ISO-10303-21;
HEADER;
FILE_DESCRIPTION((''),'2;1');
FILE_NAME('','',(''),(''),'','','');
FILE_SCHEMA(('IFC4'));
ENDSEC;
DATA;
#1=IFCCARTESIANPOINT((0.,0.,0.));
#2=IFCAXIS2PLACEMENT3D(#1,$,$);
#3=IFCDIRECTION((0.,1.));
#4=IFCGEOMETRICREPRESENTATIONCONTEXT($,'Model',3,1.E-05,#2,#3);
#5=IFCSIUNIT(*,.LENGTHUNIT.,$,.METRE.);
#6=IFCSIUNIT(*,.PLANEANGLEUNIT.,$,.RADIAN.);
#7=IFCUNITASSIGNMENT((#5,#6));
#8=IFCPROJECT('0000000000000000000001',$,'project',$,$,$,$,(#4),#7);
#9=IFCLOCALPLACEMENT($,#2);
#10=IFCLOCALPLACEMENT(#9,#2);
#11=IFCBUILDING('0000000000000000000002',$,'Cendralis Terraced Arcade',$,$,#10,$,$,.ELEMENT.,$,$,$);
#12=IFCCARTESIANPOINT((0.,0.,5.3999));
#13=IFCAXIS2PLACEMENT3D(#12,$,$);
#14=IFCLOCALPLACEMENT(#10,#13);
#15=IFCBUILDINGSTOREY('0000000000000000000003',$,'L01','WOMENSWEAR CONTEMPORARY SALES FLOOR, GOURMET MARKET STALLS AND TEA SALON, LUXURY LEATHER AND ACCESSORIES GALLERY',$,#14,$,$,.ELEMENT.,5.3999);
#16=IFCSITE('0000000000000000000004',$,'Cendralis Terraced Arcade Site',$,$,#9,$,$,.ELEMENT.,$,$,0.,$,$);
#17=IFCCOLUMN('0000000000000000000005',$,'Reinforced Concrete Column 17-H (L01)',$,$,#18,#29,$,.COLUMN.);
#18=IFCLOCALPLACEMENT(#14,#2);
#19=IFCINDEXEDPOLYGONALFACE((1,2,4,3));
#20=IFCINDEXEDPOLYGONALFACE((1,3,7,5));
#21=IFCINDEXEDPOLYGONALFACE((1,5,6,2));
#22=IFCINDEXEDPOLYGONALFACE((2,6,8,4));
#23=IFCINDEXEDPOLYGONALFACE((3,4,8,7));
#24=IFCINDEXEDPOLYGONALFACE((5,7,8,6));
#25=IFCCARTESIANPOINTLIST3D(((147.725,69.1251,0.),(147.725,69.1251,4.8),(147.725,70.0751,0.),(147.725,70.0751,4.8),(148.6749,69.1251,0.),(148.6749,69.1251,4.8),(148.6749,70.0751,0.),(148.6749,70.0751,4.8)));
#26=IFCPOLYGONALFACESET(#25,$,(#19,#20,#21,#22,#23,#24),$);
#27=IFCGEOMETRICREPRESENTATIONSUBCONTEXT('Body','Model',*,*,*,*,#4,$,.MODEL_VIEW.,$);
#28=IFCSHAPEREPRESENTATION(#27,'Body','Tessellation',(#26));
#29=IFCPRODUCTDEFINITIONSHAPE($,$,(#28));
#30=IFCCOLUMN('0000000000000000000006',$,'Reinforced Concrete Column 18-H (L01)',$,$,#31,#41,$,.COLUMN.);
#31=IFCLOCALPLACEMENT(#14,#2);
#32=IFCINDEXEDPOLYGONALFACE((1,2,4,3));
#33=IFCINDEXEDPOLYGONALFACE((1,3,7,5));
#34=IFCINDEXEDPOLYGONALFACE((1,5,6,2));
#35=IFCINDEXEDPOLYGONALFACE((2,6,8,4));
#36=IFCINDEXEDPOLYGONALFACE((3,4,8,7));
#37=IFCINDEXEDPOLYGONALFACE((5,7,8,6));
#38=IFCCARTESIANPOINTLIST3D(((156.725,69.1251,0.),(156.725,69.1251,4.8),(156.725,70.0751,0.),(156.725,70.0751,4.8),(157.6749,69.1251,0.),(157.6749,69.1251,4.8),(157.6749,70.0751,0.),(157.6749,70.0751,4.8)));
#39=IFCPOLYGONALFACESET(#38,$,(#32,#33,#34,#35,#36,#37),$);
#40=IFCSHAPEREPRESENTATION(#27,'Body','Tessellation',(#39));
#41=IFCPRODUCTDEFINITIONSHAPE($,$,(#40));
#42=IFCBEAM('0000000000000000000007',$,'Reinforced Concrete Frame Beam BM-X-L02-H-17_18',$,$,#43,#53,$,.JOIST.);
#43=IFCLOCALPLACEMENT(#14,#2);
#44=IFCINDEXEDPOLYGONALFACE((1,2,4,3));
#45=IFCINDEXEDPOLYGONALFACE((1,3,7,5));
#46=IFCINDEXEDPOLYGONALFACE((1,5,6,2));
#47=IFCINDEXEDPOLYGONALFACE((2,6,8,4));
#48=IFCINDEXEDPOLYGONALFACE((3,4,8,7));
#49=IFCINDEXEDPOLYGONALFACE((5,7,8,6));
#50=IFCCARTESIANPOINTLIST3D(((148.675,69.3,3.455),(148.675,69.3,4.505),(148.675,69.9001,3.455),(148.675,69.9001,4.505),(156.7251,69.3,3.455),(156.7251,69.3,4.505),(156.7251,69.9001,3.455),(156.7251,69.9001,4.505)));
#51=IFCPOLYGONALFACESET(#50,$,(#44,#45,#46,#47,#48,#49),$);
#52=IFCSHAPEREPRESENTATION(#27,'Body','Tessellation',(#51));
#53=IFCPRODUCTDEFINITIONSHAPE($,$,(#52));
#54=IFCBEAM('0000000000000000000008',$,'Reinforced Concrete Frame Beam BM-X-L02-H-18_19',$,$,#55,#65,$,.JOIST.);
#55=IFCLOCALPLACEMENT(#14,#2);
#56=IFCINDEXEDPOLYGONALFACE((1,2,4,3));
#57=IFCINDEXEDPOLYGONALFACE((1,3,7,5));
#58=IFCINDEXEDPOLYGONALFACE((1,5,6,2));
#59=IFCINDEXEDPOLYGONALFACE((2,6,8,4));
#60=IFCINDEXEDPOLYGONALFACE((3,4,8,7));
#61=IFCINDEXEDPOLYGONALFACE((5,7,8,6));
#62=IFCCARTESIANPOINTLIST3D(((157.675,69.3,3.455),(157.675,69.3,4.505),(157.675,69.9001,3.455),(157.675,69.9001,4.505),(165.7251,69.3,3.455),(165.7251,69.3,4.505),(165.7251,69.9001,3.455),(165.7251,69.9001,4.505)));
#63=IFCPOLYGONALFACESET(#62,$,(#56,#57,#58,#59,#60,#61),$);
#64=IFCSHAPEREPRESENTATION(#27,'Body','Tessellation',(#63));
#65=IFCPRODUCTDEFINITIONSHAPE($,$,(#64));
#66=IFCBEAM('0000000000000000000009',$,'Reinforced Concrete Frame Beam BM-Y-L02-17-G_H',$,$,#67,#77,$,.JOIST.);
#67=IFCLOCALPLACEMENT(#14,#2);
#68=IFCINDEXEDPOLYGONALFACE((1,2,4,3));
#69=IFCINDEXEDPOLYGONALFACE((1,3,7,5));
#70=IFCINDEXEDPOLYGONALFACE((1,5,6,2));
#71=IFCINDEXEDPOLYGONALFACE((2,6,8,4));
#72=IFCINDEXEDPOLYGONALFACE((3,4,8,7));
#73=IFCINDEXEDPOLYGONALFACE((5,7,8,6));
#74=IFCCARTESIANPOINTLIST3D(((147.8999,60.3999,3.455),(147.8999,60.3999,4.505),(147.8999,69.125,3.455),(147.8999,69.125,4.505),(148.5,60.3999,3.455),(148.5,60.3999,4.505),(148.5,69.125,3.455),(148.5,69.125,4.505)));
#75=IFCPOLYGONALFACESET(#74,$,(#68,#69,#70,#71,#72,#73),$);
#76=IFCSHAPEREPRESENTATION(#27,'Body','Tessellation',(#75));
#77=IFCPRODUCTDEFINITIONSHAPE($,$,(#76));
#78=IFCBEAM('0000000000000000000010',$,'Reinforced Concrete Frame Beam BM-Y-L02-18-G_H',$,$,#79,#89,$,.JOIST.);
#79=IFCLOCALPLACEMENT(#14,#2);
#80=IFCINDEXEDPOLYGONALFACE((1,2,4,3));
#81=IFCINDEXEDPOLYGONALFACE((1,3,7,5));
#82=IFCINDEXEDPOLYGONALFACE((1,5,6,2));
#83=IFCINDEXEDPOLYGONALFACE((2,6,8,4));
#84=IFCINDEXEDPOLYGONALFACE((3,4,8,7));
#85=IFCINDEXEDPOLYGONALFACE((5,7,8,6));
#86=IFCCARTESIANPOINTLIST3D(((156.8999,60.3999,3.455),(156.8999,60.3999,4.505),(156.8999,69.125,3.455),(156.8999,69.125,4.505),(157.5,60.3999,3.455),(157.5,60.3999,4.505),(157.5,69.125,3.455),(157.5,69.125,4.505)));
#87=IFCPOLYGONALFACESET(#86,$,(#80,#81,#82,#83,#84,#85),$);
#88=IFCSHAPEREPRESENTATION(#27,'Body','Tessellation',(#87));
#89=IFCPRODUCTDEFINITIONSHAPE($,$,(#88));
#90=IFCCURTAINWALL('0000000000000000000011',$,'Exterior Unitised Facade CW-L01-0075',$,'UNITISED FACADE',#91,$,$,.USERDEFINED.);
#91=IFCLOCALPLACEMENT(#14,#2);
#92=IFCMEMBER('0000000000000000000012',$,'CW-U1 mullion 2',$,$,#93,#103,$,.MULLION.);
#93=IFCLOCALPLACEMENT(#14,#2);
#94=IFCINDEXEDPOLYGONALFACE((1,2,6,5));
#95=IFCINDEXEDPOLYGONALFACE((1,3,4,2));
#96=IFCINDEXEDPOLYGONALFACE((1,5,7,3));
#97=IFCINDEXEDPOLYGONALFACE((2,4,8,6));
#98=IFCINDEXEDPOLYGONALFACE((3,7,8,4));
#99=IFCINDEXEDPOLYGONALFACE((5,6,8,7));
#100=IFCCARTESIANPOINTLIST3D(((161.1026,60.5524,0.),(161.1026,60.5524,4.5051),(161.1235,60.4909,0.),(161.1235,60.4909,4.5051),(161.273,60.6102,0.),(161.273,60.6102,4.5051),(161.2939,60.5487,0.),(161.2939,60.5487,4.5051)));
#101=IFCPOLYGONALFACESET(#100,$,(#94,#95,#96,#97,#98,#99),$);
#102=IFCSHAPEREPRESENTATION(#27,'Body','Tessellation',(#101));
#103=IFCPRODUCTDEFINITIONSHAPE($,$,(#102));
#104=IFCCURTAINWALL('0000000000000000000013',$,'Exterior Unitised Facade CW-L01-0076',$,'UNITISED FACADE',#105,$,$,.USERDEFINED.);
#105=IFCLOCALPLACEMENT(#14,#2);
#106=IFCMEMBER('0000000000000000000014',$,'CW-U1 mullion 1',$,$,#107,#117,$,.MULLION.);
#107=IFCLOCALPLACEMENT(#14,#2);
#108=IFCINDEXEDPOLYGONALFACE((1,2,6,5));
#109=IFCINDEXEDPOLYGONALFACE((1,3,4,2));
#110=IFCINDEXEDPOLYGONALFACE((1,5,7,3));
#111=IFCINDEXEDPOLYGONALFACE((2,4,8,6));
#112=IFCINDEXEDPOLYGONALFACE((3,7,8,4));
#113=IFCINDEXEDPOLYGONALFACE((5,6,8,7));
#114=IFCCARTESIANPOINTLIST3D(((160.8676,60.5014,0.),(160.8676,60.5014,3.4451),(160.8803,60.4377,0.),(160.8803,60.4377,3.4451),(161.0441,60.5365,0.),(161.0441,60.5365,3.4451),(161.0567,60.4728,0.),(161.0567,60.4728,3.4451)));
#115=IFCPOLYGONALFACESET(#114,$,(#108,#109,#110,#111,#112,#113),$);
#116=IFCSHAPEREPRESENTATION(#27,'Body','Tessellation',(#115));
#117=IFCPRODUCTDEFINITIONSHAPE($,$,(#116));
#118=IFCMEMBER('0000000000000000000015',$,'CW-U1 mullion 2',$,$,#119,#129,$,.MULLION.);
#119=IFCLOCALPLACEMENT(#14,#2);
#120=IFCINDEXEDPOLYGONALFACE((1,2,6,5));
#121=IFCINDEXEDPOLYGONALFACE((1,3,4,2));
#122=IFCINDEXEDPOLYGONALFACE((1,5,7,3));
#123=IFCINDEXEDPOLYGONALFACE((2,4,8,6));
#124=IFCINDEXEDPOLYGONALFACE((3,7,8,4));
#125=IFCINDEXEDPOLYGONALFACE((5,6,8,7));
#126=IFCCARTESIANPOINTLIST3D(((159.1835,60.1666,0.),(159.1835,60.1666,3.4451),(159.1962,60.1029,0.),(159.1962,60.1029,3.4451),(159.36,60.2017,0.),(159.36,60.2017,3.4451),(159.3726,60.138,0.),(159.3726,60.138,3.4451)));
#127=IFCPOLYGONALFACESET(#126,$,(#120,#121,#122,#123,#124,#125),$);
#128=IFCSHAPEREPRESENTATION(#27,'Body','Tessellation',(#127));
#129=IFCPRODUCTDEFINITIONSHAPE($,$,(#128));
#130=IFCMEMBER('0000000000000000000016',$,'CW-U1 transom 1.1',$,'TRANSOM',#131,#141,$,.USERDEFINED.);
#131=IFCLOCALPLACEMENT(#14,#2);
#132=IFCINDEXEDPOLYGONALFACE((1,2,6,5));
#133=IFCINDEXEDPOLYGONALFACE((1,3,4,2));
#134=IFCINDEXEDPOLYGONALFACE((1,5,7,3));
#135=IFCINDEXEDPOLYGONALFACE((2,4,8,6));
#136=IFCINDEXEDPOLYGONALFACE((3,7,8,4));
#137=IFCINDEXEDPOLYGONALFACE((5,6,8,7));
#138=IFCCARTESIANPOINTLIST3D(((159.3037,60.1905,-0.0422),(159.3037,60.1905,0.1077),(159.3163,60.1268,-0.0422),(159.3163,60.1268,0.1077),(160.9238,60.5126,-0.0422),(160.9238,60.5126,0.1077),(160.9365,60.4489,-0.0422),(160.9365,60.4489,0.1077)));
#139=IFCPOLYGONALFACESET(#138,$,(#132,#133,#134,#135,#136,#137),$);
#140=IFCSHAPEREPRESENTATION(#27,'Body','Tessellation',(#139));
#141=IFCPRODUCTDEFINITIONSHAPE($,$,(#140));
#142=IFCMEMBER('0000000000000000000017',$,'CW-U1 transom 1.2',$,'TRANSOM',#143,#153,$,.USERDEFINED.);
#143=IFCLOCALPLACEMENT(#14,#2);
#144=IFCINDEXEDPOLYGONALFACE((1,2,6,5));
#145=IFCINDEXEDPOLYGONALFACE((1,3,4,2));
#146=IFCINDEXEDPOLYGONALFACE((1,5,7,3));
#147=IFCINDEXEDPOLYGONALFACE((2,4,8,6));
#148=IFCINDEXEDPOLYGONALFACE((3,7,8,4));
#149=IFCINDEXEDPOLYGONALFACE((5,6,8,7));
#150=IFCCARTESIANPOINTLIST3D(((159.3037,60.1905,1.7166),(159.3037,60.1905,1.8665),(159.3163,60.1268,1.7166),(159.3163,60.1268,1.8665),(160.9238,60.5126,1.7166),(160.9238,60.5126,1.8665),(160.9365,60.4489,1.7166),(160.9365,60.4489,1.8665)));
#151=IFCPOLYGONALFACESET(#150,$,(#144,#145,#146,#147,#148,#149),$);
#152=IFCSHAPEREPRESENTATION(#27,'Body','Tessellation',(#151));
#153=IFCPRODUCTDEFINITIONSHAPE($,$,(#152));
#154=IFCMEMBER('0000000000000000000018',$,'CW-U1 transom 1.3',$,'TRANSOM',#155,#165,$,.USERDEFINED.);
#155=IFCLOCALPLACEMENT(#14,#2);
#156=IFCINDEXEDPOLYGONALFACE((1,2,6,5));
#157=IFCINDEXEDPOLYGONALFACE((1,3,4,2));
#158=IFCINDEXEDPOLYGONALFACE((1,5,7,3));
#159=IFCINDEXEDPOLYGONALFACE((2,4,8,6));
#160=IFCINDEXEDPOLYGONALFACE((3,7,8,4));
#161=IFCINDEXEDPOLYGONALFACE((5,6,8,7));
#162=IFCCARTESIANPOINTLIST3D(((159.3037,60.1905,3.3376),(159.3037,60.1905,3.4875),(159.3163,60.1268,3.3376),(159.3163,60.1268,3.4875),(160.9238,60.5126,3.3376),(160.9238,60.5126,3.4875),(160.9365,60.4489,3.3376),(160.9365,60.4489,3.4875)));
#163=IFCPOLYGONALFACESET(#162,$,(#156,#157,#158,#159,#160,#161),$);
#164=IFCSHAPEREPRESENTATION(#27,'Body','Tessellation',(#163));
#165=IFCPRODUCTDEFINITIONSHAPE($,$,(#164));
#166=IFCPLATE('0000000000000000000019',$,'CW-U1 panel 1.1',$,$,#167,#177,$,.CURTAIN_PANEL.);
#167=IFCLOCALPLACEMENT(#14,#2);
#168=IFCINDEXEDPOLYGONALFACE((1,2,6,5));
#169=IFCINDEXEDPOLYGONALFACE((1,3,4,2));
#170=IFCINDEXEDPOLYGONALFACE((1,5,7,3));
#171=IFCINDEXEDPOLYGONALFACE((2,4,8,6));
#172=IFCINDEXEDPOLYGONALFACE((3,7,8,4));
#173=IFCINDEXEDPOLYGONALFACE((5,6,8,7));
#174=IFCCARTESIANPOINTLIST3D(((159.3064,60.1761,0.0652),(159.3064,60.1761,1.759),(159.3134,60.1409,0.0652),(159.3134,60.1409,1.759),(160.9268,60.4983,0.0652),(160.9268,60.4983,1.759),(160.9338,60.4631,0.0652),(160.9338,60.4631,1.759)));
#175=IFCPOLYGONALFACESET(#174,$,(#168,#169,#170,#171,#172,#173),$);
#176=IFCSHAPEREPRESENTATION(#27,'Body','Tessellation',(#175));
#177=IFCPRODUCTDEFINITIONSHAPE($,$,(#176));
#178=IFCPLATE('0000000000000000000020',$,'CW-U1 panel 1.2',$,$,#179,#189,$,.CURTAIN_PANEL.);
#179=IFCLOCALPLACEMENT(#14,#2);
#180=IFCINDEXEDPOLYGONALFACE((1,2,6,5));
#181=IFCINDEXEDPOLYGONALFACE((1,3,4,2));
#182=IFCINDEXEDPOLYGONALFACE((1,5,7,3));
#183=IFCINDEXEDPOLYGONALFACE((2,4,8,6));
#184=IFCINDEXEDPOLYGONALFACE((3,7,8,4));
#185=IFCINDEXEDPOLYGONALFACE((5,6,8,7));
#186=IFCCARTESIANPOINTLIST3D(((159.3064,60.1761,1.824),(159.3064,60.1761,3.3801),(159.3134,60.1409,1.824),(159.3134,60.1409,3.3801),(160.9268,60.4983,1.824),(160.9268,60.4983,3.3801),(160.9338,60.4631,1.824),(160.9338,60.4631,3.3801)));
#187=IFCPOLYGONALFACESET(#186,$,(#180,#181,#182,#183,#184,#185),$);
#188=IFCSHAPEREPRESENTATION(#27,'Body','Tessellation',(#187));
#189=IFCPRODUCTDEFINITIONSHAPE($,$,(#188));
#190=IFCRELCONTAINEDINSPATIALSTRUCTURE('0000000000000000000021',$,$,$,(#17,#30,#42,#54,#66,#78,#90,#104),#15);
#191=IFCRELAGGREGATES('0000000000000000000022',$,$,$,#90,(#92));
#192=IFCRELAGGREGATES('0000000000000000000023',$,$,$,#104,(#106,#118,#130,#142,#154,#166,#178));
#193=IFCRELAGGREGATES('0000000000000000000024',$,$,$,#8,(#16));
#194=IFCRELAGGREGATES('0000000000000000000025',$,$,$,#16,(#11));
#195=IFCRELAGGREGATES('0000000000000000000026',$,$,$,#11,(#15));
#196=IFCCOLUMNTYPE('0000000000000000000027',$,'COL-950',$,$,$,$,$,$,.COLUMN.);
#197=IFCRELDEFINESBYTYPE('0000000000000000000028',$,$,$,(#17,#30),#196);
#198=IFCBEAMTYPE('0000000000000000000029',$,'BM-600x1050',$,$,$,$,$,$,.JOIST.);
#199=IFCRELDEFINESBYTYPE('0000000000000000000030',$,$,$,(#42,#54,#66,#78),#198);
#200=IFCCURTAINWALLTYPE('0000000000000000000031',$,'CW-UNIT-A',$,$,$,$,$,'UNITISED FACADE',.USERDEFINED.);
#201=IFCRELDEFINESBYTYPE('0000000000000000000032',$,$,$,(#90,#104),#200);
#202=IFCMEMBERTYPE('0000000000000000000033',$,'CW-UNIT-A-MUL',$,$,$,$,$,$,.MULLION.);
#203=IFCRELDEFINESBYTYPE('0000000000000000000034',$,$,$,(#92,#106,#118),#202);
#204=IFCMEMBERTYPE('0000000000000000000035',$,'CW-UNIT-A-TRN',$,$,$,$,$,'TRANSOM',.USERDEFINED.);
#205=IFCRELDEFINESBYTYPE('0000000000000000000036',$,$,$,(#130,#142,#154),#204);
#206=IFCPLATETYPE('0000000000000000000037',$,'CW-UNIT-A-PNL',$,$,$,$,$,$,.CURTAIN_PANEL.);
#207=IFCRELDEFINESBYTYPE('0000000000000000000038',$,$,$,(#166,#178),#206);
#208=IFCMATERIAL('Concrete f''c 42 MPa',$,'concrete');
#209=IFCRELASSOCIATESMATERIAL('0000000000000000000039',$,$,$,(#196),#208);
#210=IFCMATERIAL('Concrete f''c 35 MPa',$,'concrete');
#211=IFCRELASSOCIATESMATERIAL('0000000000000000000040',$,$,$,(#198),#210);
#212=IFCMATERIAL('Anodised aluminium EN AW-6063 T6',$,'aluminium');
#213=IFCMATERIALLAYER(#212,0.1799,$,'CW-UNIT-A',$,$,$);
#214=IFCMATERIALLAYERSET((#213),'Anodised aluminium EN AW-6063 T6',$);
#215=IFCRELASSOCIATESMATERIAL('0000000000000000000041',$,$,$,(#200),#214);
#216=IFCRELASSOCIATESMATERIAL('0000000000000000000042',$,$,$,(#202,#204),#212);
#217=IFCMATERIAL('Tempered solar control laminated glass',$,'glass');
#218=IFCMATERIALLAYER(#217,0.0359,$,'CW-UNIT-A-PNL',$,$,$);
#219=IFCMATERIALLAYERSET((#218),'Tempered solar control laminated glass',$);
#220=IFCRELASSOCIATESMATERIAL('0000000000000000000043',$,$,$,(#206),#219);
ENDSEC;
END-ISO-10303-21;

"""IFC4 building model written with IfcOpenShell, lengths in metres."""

from ifc_helpers import new_model, si_unit, direction, frame, origin, origin_2d, place, context, subcontext, project, spatial, rectangle, extrude, material, layer, layer_set, material_profile, profile_set, type_object, element, aggregate, save


model = new_model("IFC4")

# Units and contexts
model_context = context("Model", 3, precision=1e-05, world=origin(), true_north=direction((0.0, 1.0)))
body_context = subcontext(model_context, "Body", "Model", "MODEL_VIEW")
ifc_project = project(units=[si_unit("LENGTHUNIT", "METRE"), si_unit("PLANEANGLEUNIT", "RADIAN")], contexts=[model_context])

# Site, building, storey
site_placement = place(None, origin())
site = spatial("IfcSite", under=ifc_project, at=site_placement, Name="Cendralis Terraced Arcade Site", CompositionType="ELEMENT", RefElevation=0.0)
building_placement = place(site_placement, origin())
building = spatial("IfcBuilding", under=site, at=building_placement, Name="Cendralis Terraced Arcade", CompositionType="ELEMENT")
storey_placement = place(building_placement, frame((0.0, 0.0, 5.3999)))
storey = spatial("IfcBuildingStorey", under=building, at=storey_placement, Name="L01", Description="WOMENSWEAR CONTEMPORARY SALES FLOOR, GOURMET MARKET STALLS AND TEA SALON, LUXURY LEATHER AND ACCESSORIES GALLERY", CompositionType="ELEMENT", Elevation=5.3999)

# Columns
ifc_material_1 = material(Name="Concrete f'c 42 MPa", Category="concrete")
ifc_material_profile_1 = material_profile(ifc_material_1, rectangle(XDim=0.95, YDim=0.95, at=origin_2d()), Name="RC-COL-950x950", Category="LoadBearing")
ifc_profile_set_1 = profile_set([ifc_material_profile_1], Name="Concrete f'c 42 MPa")
column_type = type_object("IfcColumnType", Name="COL-950", PredefinedType="COLUMN", material=ifc_profile_set_1)
for number, where, z_axis, x_axis, name in (
    (1, (148.2, 69.6001, 0.0), (0.0, 0.0, 1.0), (1.0, 0.0, 0.0), "Reinforced Concrete Column 17-H (L01)"),
    (2, (157.2, 69.6001, 0.0), (0.0, 0.0, 1.0), (1.0, 0.0, 0.0), "Reinforced Concrete Column 18-H (L01)"),
):
    element("IfcColumn", number, at=place(storey_placement, frame(where, z_axis=z_axis, x_axis=x_axis)), inside=storey, type_object=column_type, Name=name, PredefinedType="COLUMN", context=body_context, shape_type="SweptSolid", body=[
        extrude(rectangle(XDim=0.95, YDim=0.95, at=origin_2d()), origin(), (0.0, 0.0, 1.0), 4.8),
    ])

# Beams
ifc_material_2 = material(Name="Concrete f'c 35 MPa", Category="concrete")
ifc_material_profile_2 = material_profile(ifc_material_2, rectangle(XDim=0.6001, YDim=1.05, at=origin_2d()), Name="RC-BM-600x1050", Category="LoadBearing")
ifc_profile_set_2 = profile_set([ifc_material_profile_2], Name="Concrete f'c 35 MPa")
beam_type = type_object("IfcBeamType", Name="BM-600x1050", PredefinedType="JOIST", material=ifc_profile_set_2)
for number, where, z_axis, x_axis, name in (
    (3, (148.675, 69.6001, 3.98), (1.0, 0.0, 0.0), (0.0, 1.0, 0.0), "Reinforced Concrete Frame Beam BM-X-L02-H-17_18"),
    (4, (157.675, 69.6001, 3.98), (1.0, 0.0, 0.0), (0.0, 1.0, 0.0), "Reinforced Concrete Frame Beam BM-X-L02-H-18_19"),
):
    element("IfcBeam", number, at=place(storey_placement, frame(where, z_axis=z_axis, x_axis=x_axis)), inside=storey, type_object=beam_type, Name=name, PredefinedType="JOIST", context=body_context, shape_type="SweptSolid", body=[
        extrude(rectangle(XDim=0.6001, YDim=1.05, at=origin_2d()), origin(), (0.0, 0.0, 1.0), 8.05),
    ])
for number, where, z_axis, x_axis, name in (
    (5, (148.2, 60.3999, 3.98), (0.0, 1.0, 0.0), (-1.0, 0.0, 0.0), "Reinforced Concrete Frame Beam BM-Y-L02-17-G_H"),
    (6, (157.2, 60.3999, 3.98), (0.0, 1.0, 0.0), (-1.0, 0.0, 0.0), "Reinforced Concrete Frame Beam BM-Y-L02-18-G_H"),
):
    element("IfcBeam", number, at=place(storey_placement, frame(where, z_axis=z_axis, x_axis=x_axis)), inside=storey, type_object=beam_type, Name=name, PredefinedType="JOIST", context=body_context, shape_type="SweptSolid", body=[
        extrude(rectangle(XDim=0.6001, YDim=1.05, at=origin_2d()), origin(), (0.0, 0.0, 1.0), 8.7251),
    ])

# Curtain wall, member
ifc_material_3 = material(Name="Anodised aluminium EN AW-6063 T6", Category="aluminium")
ifc_layer_1 = layer(ifc_material_3, 0.1799, Name="CW-UNIT-A")
ifc_layer_set_1 = layer_set([ifc_layer_1], Name="Anodised aluminium EN AW-6063 T6")
curtain_wall_type = type_object("IfcCurtainWallType", Name="CW-UNIT-A", ElementType="UNITISED FACADE", PredefinedType="USERDEFINED", material=ifc_layer_set_1)
curtain_wall_1_placement = place(storey_placement, origin())
curtain_wall_1 = element("IfcCurtainWall", 7, at=curtain_wall_1_placement, inside=storey, type_object=curtain_wall_type, Name="Exterior Unitised Facade CW-L01-0075", ObjectType="UNITISED FACADE", PredefinedType="USERDEFINED")
ifc_material_profile_3 = material_profile(ifc_material_3, rectangle(XDim=0.0649, YDim=0.1799, at=origin_2d()), Name="ALU-MUL-65x180")
ifc_profile_set_3 = profile_set([ifc_material_profile_3], Name="Anodised aluminium EN AW-6063 T6")
member_type_1 = type_object("IfcMemberType", Name="CW-UNIT-A-MUL", PredefinedType="MULLION", material=ifc_profile_set_3)
member_1_placement = place(storey_placement, frame((161.1982, 60.5505, 0.0), z_axis=(0.0, 0.0, 1.0), x_axis=(0.321458, -0.946924, 0.0)))
member_1 = element("IfcMember", 8, at=member_1_placement, type_object=member_type_1, Name="CW-U1 mullion 2", PredefinedType="MULLION", context=body_context, shape_type="SweptSolid", body=[
    extrude(rectangle(XDim=0.0649, YDim=0.1799, at=origin_2d()), origin(), (0.0, 0.0, 1.0), 4.5051),
])
aggregate(curtain_wall_1, [member_1])

# Curtain wall, members, plates
curtain_wall_2_placement = place(storey_placement, origin())
curtain_wall_2 = element("IfcCurtainWall", 9, at=curtain_wall_2_placement, inside=storey, type_object=curtain_wall_type, Name="Exterior Unitised Facade CW-L01-0076", ObjectType="UNITISED FACADE", PredefinedType="USERDEFINED")
member_2_placement = place(storey_placement, frame((160.9622, 60.4871, 0.0), z_axis=(0.0, 0.0, 1.0), x_axis=(0.195058, -0.980792, 0.0)))
member_2 = element("IfcMember", 10, at=member_2_placement, type_object=member_type_1, Name="CW-U1 mullion 1", PredefinedType="MULLION", context=body_context, shape_type="SweptSolid", body=[
    extrude(rectangle(XDim=0.0649, YDim=0.1799, at=origin_2d()), origin(), (0.0, 0.0, 1.0), 3.4451),
])
member_3_placement = place(storey_placement, frame((159.2781, 60.1523, 0.0), z_axis=(0.0, 0.0, 1.0), x_axis=(0.195058, -0.980792, 0.0)))
member_3 = element("IfcMember", 11, at=member_3_placement, type_object=member_type_1, Name="CW-U1 mullion 2", PredefinedType="MULLION", context=body_context, shape_type="SweptSolid", body=[
    extrude(rectangle(XDim=0.0649, YDim=0.1799, at=origin_2d()), origin(), (0.0, 0.0, 1.0), 3.4451),
])
ifc_material_profile_4 = material_profile(ifc_material_3, rectangle(XDim=0.0649, YDim=0.1499, at=origin_2d()), Name="ALU-TRN-65x150")
ifc_profile_set_4 = profile_set([ifc_material_profile_4], Name="Anodised aluminium EN AW-6063 T6")
member_type_2 = type_object("IfcMemberType", Name="CW-UNIT-A-TRN", ElementType="TRANSOM", PredefinedType="USERDEFINED", material=ifc_profile_set_4)
member_4_placement = place(storey_placement, frame((160.9302, 60.4807, 0.0327), z_axis=(-0.980813, -0.194951, 0.0), x_axis=(0.194951, -0.980813, 0.0)))
member_4 = element("IfcMember", 12, at=member_4_placement, type_object=member_type_2, Name="CW-U1 transom 1.1", ObjectType="TRANSOM", PredefinedType="USERDEFINED", context=body_context, shape_type="SweptSolid", body=[
    extrude(rectangle(XDim=0.0649, YDim=0.1499, at=origin_2d()), origin(), (0.0, 0.0, 1.0), 1.6519),
])
member_5_placement = place(storey_placement, frame((160.9302, 60.4807, 1.7915), z_axis=(-0.980813, -0.194951, 0.0), x_axis=(0.194951, -0.980813, 0.0)))
member_5 = element("IfcMember", 13, at=member_5_placement, type_object=member_type_2, Name="CW-U1 transom 1.2", ObjectType="TRANSOM", PredefinedType="USERDEFINED", context=body_context, shape_type="SweptSolid", body=[
    extrude(rectangle(XDim=0.0649, YDim=0.1499, at=origin_2d()), origin(), (0.0, 0.0, 1.0), 1.6519),
])
member_6_placement = place(storey_placement, frame((160.9302, 60.4807, 3.4126), z_axis=(-0.980813, -0.194951, 0.0), x_axis=(0.194951, -0.980813, 0.0)))
member_6 = element("IfcMember", 14, at=member_6_placement, type_object=member_type_2, Name="CW-U1 transom 1.3", ObjectType="TRANSOM", PredefinedType="USERDEFINED", context=body_context, shape_type="SweptSolid", body=[
    extrude(rectangle(XDim=0.0649, YDim=0.1499, at=origin_2d()), origin(), (0.0, 0.0, 1.0), 1.6519),
])
ifc_material_4 = material(Name="Tempered solar control laminated glass", Category="glass")
ifc_layer_2 = layer(ifc_material_4, 0.0359, Name="CW-UNIT-A-PNL")
ifc_layer_set_2 = layer_set([ifc_layer_2], Name="Tempered solar control laminated glass")
plate_type = type_object("IfcPlateType", Name="CW-UNIT-A-PNL", PredefinedType="CURTAIN_PANEL", material=ifc_layer_set_2)
plate_1_placement = place(storey_placement, frame((160.1201, 60.3196, 0.0652), z_axis=(0.0, 0.0, 1.0), x_axis=(-0.980792, -0.195058, 0.0)))
plate_1 = element("IfcPlate", 15, at=plate_1_placement, type_object=plate_type, Name="CW-U1 panel 1.1", PredefinedType="CURTAIN_PANEL", context=body_context, shape_type="SweptSolid", body=[
    extrude(rectangle(XDim=1.6521, YDim=0.0359, at=origin_2d()), origin(), (0.0, 0.0, 1.0), 1.6938),
])
plate_2_placement = place(storey_placement, frame((160.1201, 60.3196, 1.824), z_axis=(0.0, 0.0, 1.0), x_axis=(-0.980792, -0.195058, 0.0)))
plate_2 = element("IfcPlate", 16, at=plate_2_placement, type_object=plate_type, Name="CW-U1 panel 1.2", PredefinedType="CURTAIN_PANEL", context=body_context, shape_type="SweptSolid", body=[
    extrude(rectangle(XDim=1.6521, YDim=0.0359, at=origin_2d()), origin(), (0.0, 0.0, 1.0), 1.5562),
])
aggregate(curtain_wall_2, [member_2, member_3, member_4, member_5, member_6, plate_1, plate_2])

save(model, "model.ifc")
